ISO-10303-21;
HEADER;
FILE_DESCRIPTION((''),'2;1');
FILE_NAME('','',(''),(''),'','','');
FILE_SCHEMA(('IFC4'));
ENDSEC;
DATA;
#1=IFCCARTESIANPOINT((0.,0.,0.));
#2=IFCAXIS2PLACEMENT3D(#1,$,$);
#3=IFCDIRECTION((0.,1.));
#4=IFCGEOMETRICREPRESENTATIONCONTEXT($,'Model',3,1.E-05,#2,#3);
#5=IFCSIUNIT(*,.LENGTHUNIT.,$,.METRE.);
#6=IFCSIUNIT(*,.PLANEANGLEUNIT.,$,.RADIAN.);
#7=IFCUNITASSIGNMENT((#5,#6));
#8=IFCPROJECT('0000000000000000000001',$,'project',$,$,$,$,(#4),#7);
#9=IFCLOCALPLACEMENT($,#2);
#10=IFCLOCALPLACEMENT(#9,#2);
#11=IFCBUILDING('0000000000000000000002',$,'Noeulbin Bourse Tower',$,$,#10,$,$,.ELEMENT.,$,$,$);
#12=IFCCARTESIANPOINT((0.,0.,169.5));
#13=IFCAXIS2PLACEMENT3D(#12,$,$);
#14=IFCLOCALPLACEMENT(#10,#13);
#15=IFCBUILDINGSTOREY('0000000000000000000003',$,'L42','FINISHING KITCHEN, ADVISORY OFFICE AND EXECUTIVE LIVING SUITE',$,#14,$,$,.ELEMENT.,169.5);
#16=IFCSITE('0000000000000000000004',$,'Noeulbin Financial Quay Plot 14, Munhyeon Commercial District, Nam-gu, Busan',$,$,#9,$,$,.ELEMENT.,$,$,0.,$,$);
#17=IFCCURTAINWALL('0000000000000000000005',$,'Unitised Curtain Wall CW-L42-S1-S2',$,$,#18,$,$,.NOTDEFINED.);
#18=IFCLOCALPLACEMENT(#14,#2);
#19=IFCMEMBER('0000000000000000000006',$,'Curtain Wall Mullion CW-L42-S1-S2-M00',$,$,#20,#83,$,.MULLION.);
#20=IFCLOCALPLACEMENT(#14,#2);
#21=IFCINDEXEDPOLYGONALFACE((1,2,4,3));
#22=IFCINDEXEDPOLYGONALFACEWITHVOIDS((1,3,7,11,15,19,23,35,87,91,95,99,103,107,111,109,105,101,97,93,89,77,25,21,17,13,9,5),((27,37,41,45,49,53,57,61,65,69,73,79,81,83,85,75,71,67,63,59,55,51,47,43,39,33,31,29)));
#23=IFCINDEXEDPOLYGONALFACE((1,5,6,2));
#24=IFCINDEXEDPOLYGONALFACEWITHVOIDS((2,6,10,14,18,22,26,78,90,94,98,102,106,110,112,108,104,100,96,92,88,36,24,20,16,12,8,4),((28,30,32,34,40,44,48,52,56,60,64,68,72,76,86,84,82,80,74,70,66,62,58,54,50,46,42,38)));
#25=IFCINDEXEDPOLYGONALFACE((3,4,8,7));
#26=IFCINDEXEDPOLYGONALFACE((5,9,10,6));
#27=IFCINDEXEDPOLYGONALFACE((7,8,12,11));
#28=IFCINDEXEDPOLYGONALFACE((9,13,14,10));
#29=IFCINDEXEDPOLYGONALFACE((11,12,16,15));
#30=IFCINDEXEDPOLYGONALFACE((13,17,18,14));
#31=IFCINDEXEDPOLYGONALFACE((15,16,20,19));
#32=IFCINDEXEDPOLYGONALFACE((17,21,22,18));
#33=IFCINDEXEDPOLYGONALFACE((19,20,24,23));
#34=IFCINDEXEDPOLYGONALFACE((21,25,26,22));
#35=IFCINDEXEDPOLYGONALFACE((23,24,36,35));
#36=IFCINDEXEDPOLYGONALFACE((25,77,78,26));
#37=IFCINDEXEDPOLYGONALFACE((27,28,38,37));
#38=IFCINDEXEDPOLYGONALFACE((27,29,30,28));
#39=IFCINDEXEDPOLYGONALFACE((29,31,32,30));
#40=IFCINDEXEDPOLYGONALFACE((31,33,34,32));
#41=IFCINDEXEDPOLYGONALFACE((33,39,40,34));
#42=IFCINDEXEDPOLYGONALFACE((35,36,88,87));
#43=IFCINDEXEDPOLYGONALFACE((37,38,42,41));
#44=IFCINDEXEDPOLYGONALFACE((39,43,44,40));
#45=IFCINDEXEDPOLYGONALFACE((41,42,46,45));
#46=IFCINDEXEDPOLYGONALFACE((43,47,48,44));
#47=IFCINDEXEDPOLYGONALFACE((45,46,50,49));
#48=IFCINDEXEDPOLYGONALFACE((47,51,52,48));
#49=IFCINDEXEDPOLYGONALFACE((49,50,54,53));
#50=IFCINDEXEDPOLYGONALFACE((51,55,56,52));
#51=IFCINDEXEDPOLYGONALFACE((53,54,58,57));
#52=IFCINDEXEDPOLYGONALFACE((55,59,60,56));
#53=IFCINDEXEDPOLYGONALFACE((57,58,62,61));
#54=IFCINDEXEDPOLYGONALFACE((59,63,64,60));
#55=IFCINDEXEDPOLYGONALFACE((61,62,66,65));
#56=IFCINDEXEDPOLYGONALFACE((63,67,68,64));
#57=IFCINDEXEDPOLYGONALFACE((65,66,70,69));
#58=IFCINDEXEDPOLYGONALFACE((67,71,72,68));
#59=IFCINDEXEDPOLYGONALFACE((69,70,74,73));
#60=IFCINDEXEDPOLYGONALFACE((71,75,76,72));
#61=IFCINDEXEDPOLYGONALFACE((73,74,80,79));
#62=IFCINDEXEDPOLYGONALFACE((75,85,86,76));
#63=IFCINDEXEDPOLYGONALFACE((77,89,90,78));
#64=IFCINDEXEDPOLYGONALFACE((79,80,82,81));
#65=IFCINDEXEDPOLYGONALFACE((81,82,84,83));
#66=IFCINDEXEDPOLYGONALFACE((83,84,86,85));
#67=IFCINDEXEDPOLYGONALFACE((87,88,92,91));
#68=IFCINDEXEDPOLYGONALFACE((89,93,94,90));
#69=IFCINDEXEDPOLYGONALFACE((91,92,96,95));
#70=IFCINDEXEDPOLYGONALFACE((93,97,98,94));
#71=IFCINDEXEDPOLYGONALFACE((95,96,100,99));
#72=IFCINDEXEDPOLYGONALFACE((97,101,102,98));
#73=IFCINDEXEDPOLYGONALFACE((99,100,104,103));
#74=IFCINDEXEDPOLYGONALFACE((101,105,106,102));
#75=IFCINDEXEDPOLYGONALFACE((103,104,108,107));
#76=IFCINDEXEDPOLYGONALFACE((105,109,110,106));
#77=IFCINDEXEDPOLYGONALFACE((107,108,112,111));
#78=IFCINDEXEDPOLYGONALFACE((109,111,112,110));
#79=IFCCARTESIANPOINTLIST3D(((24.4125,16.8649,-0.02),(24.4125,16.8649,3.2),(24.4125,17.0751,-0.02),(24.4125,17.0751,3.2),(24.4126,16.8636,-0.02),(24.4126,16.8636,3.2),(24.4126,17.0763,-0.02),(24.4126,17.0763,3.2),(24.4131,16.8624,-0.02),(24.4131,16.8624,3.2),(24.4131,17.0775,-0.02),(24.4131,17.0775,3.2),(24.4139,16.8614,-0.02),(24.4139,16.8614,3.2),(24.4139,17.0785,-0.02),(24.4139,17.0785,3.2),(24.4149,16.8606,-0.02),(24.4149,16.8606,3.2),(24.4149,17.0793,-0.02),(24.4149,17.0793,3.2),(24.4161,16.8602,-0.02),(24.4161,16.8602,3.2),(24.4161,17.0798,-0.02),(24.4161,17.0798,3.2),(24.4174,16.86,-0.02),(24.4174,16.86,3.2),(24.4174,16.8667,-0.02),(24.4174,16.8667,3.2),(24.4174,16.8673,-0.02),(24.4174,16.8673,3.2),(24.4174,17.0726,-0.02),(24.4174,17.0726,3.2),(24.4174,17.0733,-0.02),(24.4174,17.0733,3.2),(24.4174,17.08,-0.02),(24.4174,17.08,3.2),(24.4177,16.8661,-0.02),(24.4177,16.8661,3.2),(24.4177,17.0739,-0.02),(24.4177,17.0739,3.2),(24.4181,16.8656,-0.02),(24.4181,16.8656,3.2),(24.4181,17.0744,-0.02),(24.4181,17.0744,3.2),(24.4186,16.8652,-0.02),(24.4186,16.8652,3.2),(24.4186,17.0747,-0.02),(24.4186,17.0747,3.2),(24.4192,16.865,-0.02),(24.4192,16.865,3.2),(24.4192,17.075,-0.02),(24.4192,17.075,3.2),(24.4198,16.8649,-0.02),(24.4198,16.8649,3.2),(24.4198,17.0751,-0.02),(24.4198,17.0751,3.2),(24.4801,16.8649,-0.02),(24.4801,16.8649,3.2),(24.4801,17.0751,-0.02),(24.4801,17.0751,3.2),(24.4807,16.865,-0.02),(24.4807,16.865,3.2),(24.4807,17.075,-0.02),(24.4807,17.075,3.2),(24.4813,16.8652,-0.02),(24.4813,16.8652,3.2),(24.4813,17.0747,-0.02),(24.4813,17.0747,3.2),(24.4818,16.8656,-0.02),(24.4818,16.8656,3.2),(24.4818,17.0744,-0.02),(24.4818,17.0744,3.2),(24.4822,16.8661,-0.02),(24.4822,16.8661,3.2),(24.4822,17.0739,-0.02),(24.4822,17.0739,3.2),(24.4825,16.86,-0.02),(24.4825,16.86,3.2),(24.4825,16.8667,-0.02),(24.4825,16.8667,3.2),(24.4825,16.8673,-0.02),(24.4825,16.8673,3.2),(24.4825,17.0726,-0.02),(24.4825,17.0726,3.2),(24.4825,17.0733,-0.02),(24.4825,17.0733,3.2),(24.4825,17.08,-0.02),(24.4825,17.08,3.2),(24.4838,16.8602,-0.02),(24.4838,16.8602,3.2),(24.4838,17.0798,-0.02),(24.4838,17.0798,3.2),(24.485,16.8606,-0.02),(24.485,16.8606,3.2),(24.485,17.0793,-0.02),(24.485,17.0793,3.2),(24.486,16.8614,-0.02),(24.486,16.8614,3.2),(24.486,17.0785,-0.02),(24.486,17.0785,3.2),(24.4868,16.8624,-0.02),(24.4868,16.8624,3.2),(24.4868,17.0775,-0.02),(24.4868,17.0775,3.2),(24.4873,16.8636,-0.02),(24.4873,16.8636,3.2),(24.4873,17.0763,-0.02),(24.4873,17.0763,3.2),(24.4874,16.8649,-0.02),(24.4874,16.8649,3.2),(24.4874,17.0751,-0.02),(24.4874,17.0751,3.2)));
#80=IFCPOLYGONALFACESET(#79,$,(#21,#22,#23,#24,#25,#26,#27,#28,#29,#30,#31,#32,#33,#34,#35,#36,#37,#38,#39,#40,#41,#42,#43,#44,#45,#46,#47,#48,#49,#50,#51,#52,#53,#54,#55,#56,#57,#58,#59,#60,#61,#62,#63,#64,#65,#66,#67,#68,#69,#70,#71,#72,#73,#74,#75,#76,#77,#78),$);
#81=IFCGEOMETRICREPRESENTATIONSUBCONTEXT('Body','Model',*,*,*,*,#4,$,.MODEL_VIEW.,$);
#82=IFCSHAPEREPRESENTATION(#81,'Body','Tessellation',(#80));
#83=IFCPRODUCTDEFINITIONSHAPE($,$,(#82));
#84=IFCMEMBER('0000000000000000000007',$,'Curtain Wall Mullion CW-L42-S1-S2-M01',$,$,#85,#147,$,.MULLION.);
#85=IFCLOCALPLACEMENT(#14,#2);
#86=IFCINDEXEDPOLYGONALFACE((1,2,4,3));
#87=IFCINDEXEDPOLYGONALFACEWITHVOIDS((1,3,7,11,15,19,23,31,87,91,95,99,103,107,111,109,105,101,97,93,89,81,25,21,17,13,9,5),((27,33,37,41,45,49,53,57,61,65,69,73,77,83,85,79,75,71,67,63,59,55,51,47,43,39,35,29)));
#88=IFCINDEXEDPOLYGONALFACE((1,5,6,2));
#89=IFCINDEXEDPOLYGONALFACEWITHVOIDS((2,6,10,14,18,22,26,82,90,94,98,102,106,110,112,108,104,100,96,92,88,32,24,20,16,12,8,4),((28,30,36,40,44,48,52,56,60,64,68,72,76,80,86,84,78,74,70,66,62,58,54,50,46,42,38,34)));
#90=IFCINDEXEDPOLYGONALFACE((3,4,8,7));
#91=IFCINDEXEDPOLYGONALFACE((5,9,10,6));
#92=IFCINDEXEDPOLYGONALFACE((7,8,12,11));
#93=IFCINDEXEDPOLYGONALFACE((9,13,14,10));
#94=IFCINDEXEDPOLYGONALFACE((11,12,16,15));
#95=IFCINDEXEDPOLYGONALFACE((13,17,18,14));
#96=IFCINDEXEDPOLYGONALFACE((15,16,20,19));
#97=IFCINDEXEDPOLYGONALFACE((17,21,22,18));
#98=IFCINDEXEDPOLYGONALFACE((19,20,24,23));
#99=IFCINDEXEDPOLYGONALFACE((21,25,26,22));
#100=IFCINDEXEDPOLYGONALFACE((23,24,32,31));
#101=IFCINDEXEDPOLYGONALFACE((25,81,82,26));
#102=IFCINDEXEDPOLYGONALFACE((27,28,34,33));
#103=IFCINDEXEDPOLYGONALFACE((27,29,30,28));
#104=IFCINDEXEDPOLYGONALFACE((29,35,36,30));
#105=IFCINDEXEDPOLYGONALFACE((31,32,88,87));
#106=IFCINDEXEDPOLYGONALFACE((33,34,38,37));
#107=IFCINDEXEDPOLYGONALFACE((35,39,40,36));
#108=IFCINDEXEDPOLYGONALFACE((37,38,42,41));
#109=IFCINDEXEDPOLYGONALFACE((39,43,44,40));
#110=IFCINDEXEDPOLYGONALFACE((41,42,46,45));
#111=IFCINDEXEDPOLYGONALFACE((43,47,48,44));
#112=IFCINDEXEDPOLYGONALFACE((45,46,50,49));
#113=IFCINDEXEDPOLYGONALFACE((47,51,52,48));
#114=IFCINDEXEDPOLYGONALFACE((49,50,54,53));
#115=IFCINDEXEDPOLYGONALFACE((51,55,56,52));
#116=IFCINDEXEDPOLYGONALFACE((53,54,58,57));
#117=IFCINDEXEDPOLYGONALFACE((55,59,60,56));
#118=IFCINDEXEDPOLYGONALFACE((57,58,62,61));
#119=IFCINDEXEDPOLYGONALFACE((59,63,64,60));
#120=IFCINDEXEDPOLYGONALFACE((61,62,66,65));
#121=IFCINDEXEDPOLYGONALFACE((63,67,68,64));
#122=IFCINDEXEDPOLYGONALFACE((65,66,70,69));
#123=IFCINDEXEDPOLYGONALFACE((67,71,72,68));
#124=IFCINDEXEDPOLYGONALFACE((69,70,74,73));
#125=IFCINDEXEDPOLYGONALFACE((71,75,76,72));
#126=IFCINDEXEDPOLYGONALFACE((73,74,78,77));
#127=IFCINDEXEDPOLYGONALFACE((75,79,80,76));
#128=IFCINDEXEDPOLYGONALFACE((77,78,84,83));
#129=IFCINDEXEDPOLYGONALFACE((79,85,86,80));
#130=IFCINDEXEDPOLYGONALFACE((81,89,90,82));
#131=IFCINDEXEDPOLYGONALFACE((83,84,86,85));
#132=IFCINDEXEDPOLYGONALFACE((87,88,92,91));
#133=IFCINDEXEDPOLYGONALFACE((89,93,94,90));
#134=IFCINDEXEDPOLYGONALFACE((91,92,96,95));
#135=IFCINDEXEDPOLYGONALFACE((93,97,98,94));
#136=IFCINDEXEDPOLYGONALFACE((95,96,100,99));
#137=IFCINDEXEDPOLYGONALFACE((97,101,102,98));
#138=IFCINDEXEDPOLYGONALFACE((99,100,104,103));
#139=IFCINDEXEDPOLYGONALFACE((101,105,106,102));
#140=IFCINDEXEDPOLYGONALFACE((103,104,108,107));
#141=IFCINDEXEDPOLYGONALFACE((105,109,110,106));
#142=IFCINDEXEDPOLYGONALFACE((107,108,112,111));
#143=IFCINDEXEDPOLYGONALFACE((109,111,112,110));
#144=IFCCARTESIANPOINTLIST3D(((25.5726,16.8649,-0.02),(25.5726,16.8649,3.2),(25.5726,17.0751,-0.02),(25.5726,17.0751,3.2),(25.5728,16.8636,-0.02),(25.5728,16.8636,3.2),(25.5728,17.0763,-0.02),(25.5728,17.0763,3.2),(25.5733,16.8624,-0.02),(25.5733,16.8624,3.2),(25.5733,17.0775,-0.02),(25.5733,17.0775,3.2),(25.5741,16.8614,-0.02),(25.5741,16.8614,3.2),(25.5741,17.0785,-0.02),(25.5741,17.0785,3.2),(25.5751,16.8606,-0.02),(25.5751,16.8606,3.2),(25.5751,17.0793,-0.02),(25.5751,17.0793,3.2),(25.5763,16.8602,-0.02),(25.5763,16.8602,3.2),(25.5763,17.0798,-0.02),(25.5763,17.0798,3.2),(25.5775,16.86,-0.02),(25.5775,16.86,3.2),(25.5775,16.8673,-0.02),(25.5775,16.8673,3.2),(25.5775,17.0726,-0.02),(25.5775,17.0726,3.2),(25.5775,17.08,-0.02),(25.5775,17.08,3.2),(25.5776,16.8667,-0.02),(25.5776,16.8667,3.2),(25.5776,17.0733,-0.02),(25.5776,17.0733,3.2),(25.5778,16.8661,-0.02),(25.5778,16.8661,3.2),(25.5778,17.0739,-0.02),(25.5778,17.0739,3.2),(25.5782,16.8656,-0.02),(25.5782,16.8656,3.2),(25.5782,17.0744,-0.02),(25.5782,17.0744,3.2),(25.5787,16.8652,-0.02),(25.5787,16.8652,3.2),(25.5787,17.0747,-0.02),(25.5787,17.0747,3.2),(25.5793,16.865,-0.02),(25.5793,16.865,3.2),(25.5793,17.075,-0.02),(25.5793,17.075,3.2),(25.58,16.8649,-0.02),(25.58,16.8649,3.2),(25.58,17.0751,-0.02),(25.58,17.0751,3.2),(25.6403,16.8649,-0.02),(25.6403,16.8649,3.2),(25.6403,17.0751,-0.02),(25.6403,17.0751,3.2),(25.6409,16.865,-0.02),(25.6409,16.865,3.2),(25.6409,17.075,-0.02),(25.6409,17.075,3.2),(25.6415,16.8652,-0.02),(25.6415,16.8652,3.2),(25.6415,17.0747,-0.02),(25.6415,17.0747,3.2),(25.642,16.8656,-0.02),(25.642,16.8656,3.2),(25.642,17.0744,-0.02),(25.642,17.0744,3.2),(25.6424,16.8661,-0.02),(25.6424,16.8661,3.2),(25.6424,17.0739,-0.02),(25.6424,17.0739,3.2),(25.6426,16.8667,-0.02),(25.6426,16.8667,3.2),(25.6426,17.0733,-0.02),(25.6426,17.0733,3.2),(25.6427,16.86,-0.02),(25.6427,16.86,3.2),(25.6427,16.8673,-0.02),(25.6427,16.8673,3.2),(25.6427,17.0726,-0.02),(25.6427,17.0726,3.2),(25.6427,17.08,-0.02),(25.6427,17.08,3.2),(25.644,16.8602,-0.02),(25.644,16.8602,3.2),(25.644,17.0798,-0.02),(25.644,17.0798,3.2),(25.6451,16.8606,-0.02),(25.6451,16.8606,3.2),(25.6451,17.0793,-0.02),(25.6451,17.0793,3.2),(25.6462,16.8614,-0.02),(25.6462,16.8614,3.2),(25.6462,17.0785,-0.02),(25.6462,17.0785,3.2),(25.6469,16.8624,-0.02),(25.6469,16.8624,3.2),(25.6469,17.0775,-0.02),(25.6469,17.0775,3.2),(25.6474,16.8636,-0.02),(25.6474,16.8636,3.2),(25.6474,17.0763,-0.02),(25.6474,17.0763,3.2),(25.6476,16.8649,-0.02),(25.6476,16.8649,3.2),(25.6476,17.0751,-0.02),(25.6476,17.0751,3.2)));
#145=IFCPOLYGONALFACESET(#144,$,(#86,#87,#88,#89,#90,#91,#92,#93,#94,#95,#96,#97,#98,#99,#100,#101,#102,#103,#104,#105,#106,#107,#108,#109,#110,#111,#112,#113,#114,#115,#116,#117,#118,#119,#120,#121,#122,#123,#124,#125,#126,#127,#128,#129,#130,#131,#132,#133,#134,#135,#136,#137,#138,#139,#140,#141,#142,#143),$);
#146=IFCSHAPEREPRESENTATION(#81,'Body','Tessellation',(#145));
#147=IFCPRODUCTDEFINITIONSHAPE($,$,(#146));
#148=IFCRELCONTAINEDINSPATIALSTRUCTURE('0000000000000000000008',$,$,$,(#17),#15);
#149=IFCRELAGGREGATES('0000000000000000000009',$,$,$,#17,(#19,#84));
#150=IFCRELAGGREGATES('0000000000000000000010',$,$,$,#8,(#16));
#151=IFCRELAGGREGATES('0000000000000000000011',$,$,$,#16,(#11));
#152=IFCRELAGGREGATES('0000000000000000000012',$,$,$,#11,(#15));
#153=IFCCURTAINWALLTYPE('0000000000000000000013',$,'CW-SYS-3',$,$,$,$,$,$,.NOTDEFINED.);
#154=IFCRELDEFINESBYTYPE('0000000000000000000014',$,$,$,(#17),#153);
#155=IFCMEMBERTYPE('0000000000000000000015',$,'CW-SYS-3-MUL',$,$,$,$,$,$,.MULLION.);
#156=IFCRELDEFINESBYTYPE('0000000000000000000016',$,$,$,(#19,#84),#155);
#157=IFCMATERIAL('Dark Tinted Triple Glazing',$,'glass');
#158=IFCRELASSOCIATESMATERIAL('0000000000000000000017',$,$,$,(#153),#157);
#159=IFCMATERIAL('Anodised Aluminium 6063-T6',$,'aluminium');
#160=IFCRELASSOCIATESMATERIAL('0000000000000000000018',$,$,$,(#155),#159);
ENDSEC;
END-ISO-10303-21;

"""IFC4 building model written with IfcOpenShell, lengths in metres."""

from ifc_helpers import new_model, si_unit, direction, frame, origin, origin_2d, place, context, subcontext, project, spatial, hollow_rectangle, extrude, material, material_profile, profile_set, type_object, element, aggregate, save


model = new_model("IFC4")

# Units and contexts
model_context = context("Model", 3, precision=1e-05, world=origin(), true_north=direction((0.0, 1.0)))
body_context = subcontext(model_context, "Body", "Model", "MODEL_VIEW")
ifc_project = project(units=[si_unit("LENGTHUNIT", "METRE"), si_unit("PLANEANGLEUNIT", "RADIAN")], contexts=[model_context])

# Site, building, storey
site_placement = place(None, origin())
site = spatial("IfcSite", under=ifc_project, at=site_placement, Name="Noeulbin Financial Quay Plot 14, Munhyeon Commercial District, Nam-gu, Busan", CompositionType="ELEMENT", RefElevation=0.0)
building_placement = place(site_placement, origin())
building = spatial("IfcBuilding", under=site, at=building_placement, Name="Noeulbin Bourse Tower", CompositionType="ELEMENT")
storey_placement = place(building_placement, frame((0.0, 0.0, 169.5)))
storey = spatial("IfcBuildingStorey", under=building, at=storey_placement, Name="L42", Description="FINISHING KITCHEN, ADVISORY OFFICE AND EXECUTIVE LIVING SUITE", CompositionType="ELEMENT", Elevation=169.5)

# Curtain wall, members
ifc_material_1 = material(Name="Dark Tinted Triple Glazing", Category="glass")
curtain_wall_type = type_object("IfcCurtainWallType", Name="CW-SYS-3", PredefinedType="NOTDEFINED", material=ifc_material_1)
ifc_material_2 = material(Name="Anodised Aluminium 6063-T6", Category="aluminium")
ifc_material_profile_1 = material_profile(ifc_material_2, hollow_rectangle(XDim=0.075, YDim=0.22, WallThickness=0.0049, InnerFilletRadius=0.0024, OuterFilletRadius=0.0049, at=origin_2d()), Name="ALU-MULL-75x220x5", Category="LoadBearing")
ifc_profile_set_1 = profile_set([ifc_material_profile_1], Name="Anodised Aluminium 6063-T6")
member_type_1 = type_object("IfcMemberType", Name="CW-SYS-3-MUL", PredefinedType="MULLION", material=ifc_profile_set_1)
curtain_wall_1_placement = place(storey_placement, origin())
curtain_wall_1 = element("IfcCurtainWall", 1, at=curtain_wall_1_placement, inside=storey, type_object=curtain_wall_type, Name="Unitised Curtain Wall CW-L42-S1-S2", PredefinedType="NOTDEFINED")
member_1_placement = place(storey_placement, frame((24.45, 16.97, -0.02), z_axis=(0.0, 0.0, 1.0), x_axis=(1.0, 0.0, 0.0)))
member_1 = element("IfcMember", 2, at=member_1_placement, type_object=member_type_1, Name="Curtain Wall Mullion CW-L42-S1-S2-M00", PredefinedType="MULLION", context=body_context, shape_type="SweptSolid", body=[
    extrude(hollow_rectangle(XDim=0.075, YDim=0.22, WallThickness=0.0049, InnerFilletRadius=0.0024, OuterFilletRadius=0.0049, at=origin_2d()), origin(), (0.0, 0.0, 1.0), 3.22),
])
member_2_placement = place(storey_placement, frame((25.6101, 16.97, -0.02), z_axis=(0.0, 0.0, 1.0), x_axis=(1.0, 0.0, 0.0)))
member_2 = element("IfcMember", 3, at=member_2_placement, type_object=member_type_1, Name="Curtain Wall Mullion CW-L42-S1-S2-M01", PredefinedType="MULLION", context=body_context, shape_type="SweptSolid", body=[
    extrude(hollow_rectangle(XDim=0.075, YDim=0.22, WallThickness=0.0049, InnerFilletRadius=0.0024, OuterFilletRadius=0.0049, at=origin_2d()), origin(), (0.0, 0.0, 1.0), 3.22),
])

aggregate(curtain_wall_1, [member_1, member_2])

save(model, "model.ifc")
